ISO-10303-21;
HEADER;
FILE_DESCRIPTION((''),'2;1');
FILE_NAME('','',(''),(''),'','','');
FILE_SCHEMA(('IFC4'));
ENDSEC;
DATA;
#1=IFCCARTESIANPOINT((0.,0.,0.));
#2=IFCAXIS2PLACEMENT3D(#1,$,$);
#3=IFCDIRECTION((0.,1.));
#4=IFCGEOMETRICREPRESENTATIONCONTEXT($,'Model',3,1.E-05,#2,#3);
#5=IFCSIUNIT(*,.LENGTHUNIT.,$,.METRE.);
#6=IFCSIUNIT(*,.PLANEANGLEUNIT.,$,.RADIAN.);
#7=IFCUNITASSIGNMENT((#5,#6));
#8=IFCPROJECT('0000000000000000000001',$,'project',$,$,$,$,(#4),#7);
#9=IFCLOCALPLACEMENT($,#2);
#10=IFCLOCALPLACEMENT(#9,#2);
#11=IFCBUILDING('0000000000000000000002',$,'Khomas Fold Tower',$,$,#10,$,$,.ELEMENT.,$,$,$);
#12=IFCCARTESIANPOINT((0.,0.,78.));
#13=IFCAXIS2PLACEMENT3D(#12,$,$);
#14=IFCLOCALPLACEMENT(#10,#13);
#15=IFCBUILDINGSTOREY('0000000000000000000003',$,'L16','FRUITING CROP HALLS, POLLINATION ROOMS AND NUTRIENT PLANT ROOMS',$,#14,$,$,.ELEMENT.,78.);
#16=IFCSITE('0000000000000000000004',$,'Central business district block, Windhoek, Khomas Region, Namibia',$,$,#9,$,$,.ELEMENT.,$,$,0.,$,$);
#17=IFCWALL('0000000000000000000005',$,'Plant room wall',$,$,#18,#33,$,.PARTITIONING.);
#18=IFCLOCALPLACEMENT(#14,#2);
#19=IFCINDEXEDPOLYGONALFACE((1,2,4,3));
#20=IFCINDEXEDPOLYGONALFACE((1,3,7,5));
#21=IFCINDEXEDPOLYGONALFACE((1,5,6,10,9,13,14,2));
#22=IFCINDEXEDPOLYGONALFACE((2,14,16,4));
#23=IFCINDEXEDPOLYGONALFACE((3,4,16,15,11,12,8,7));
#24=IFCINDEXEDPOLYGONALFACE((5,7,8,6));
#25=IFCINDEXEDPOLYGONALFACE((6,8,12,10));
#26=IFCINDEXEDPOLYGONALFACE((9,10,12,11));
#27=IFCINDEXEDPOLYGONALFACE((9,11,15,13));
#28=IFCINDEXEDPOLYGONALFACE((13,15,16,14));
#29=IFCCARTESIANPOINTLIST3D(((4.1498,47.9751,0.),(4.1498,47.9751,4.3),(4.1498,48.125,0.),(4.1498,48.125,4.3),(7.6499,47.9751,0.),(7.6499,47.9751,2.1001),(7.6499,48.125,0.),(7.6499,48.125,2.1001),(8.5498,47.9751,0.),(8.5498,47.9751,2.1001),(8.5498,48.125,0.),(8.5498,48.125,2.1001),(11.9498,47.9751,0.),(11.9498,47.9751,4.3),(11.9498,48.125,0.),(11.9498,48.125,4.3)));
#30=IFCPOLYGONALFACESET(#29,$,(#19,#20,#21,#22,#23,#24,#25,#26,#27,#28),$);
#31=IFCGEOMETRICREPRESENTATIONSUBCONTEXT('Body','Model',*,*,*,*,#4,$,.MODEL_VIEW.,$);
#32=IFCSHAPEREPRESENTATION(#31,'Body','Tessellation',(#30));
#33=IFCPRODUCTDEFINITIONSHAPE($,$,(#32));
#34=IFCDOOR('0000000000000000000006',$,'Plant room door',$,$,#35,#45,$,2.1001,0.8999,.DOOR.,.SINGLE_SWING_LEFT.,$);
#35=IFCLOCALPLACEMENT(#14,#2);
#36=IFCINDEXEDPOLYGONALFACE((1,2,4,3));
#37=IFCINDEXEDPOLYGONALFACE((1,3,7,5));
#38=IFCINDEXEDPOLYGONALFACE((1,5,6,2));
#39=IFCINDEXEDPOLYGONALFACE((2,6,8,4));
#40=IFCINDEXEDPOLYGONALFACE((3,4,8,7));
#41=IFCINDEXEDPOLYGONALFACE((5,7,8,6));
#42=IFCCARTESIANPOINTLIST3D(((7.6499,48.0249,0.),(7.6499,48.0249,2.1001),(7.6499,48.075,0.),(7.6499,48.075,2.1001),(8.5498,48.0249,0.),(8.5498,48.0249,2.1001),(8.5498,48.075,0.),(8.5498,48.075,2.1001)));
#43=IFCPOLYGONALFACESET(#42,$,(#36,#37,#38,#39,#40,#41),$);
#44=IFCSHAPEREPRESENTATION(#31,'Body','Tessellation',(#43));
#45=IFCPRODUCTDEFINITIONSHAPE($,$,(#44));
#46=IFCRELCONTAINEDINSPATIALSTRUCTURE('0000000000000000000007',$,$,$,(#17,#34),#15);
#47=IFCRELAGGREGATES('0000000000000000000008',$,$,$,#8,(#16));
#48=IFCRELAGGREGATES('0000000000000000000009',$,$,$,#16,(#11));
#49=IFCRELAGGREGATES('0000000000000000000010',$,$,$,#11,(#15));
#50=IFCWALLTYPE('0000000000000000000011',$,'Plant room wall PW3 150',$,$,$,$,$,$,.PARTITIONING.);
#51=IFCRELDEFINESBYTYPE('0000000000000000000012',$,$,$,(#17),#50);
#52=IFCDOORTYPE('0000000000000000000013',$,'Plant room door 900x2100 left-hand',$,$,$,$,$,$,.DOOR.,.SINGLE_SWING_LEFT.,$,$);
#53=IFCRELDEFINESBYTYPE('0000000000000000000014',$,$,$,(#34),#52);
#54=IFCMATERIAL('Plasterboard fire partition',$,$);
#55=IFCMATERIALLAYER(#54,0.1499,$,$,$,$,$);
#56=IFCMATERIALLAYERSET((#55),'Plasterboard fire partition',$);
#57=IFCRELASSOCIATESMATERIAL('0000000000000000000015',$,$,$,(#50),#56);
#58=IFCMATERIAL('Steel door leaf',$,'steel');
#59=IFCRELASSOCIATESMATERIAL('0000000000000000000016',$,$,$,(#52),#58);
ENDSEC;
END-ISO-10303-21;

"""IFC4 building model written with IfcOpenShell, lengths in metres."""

from ifc_helpers import new_model, si_unit, direction, frame, frame_2d, origin, place, context, subcontext, project, spatial, rectangle, extrude, source, transform, mapped, material, layer, layer_set, type_object, element, fill, save


model = new_model("IFC4")

# Units and contexts
model_context = context("Model", 3, precision=1e-05, world=origin(), true_north=direction((0.0, 1.0)))
body_context = subcontext(model_context, "Body", "Model", "MODEL_VIEW")
ifc_project = project(units=[si_unit("LENGTHUNIT", "METRE"), si_unit("PLANEANGLEUNIT", "RADIAN")], contexts=[model_context])

# Site, building, storey
site_placement = place(None, origin())
site = spatial("IfcSite", under=ifc_project, at=site_placement, Name="Central business district block, Windhoek, Khomas Region, Namibia", CompositionType="ELEMENT", RefElevation=0.0)
building_placement = place(site_placement, origin())
building = spatial("IfcBuilding", under=site, at=building_placement, Name="Khomas Fold Tower", CompositionType="ELEMENT")
storey_placement = place(building_placement, frame((0.0, 0.0, 78.0)))
storey = spatial("IfcBuildingStorey", under=building, at=storey_placement, Name="L16", Description="FRUITING CROP HALLS, POLLINATION ROOMS AND NUTRIENT PLANT ROOMS", CompositionType="ELEMENT", Elevation=78.0)

# Wall, opening, door
shared_shape_1 = source(origin(), body_context, "Body", "SweptSolid", [
    extrude(rectangle(XDim=0.8999, YDim=2.1001, at=frame_2d((0.45, 1.05))), frame((0.0, 0.0249, 0.0), z_axis=(0.0, -1.0, 0.0), x_axis=(1.0, 0.0, 0.0)), (0.0, 0.0, 1.0), 0.05),
])
ifc_material_1 = material(Name="Plasterboard fire partition")
ifc_layer_1 = layer(ifc_material_1, 0.1499)
ifc_layer_set_1 = layer_set([ifc_layer_1], Name="Plasterboard fire partition")
wall_type_1 = type_object("IfcWallType", Name="Plant room wall PW3 150", PredefinedType="PARTITIONING", material=ifc_layer_set_1)
shared_shape_2 = source(origin(), body_context, "Body", "SweptSolid", [
    extrude(rectangle(XDim=7.8, YDim=0.1499, at=frame_2d((3.8999, 0.0))), origin(), (0.0, 0.0, 1.0), 4.3),
])
wall_1_placement = place(storey_placement, frame((4.1499, 48.05, 0.0), z_axis=(0.0, 0.0, 1.0), x_axis=(1.0, 0.0, 0.0)))
wall_1 = element("IfcWall", 1, at=wall_1_placement, inside=storey, type_object=wall_type_1, Name="Plant room wall", PredefinedType="PARTITIONING", context=body_context, shape_type="MappedRepresentation", body=[
    mapped(shared_shape_2, transform((0.0, 0.0, 0.0))),
])
shared_shape_3 = source(origin(), body_context, "Body", "SweptSolid", [
    extrude(rectangle(XDim=0.8999, YDim=2.1001, at=frame_2d((0.45, 1.05))), frame((0.0, 0.085, 0.0), z_axis=(0.0, -1.0, 0.0), x_axis=(1.0, 0.0, 0.0)), (0.0, 0.0, 1.0), 0.1699),
])
opening_1_placement = place(wall_1_placement, frame((3.5, 0.0, 0.0)))
opening_1 = element("IfcOpeningElement", 2, at=opening_1_placement, cuts=wall_1, PredefinedType="OPENING", context=body_context, shape_type="MappedRepresentation", body=[
    mapped(shared_shape_3, transform((0.0, 0.0, 0.0))),
])
ifc_material_2 = material(Name="Steel door leaf", Category="steel")
door_type_1 = type_object("IfcDoorType", Name="Plant room door 900x2100 left-hand", OperationType="SINGLE_SWING_LEFT", PredefinedType="DOOR", material=ifc_material_2)
door_1_placement = place(opening_1_placement, origin())
door_1 = element("IfcDoor", 3, at=door_1_placement, inside=storey, type_object=door_type_1, Name="Plant room door", OperationType="SINGLE_SWING_LEFT", OverallHeight=2.1001, OverallWidth=0.8999, PredefinedType="DOOR", context=body_context, shape_type="MappedRepresentation", body=[
    mapped(shared_shape_1, transform((0.0, 0.0, 0.0))),
])
fill(opening_1, door_1)

save(model, "model.ifc")
